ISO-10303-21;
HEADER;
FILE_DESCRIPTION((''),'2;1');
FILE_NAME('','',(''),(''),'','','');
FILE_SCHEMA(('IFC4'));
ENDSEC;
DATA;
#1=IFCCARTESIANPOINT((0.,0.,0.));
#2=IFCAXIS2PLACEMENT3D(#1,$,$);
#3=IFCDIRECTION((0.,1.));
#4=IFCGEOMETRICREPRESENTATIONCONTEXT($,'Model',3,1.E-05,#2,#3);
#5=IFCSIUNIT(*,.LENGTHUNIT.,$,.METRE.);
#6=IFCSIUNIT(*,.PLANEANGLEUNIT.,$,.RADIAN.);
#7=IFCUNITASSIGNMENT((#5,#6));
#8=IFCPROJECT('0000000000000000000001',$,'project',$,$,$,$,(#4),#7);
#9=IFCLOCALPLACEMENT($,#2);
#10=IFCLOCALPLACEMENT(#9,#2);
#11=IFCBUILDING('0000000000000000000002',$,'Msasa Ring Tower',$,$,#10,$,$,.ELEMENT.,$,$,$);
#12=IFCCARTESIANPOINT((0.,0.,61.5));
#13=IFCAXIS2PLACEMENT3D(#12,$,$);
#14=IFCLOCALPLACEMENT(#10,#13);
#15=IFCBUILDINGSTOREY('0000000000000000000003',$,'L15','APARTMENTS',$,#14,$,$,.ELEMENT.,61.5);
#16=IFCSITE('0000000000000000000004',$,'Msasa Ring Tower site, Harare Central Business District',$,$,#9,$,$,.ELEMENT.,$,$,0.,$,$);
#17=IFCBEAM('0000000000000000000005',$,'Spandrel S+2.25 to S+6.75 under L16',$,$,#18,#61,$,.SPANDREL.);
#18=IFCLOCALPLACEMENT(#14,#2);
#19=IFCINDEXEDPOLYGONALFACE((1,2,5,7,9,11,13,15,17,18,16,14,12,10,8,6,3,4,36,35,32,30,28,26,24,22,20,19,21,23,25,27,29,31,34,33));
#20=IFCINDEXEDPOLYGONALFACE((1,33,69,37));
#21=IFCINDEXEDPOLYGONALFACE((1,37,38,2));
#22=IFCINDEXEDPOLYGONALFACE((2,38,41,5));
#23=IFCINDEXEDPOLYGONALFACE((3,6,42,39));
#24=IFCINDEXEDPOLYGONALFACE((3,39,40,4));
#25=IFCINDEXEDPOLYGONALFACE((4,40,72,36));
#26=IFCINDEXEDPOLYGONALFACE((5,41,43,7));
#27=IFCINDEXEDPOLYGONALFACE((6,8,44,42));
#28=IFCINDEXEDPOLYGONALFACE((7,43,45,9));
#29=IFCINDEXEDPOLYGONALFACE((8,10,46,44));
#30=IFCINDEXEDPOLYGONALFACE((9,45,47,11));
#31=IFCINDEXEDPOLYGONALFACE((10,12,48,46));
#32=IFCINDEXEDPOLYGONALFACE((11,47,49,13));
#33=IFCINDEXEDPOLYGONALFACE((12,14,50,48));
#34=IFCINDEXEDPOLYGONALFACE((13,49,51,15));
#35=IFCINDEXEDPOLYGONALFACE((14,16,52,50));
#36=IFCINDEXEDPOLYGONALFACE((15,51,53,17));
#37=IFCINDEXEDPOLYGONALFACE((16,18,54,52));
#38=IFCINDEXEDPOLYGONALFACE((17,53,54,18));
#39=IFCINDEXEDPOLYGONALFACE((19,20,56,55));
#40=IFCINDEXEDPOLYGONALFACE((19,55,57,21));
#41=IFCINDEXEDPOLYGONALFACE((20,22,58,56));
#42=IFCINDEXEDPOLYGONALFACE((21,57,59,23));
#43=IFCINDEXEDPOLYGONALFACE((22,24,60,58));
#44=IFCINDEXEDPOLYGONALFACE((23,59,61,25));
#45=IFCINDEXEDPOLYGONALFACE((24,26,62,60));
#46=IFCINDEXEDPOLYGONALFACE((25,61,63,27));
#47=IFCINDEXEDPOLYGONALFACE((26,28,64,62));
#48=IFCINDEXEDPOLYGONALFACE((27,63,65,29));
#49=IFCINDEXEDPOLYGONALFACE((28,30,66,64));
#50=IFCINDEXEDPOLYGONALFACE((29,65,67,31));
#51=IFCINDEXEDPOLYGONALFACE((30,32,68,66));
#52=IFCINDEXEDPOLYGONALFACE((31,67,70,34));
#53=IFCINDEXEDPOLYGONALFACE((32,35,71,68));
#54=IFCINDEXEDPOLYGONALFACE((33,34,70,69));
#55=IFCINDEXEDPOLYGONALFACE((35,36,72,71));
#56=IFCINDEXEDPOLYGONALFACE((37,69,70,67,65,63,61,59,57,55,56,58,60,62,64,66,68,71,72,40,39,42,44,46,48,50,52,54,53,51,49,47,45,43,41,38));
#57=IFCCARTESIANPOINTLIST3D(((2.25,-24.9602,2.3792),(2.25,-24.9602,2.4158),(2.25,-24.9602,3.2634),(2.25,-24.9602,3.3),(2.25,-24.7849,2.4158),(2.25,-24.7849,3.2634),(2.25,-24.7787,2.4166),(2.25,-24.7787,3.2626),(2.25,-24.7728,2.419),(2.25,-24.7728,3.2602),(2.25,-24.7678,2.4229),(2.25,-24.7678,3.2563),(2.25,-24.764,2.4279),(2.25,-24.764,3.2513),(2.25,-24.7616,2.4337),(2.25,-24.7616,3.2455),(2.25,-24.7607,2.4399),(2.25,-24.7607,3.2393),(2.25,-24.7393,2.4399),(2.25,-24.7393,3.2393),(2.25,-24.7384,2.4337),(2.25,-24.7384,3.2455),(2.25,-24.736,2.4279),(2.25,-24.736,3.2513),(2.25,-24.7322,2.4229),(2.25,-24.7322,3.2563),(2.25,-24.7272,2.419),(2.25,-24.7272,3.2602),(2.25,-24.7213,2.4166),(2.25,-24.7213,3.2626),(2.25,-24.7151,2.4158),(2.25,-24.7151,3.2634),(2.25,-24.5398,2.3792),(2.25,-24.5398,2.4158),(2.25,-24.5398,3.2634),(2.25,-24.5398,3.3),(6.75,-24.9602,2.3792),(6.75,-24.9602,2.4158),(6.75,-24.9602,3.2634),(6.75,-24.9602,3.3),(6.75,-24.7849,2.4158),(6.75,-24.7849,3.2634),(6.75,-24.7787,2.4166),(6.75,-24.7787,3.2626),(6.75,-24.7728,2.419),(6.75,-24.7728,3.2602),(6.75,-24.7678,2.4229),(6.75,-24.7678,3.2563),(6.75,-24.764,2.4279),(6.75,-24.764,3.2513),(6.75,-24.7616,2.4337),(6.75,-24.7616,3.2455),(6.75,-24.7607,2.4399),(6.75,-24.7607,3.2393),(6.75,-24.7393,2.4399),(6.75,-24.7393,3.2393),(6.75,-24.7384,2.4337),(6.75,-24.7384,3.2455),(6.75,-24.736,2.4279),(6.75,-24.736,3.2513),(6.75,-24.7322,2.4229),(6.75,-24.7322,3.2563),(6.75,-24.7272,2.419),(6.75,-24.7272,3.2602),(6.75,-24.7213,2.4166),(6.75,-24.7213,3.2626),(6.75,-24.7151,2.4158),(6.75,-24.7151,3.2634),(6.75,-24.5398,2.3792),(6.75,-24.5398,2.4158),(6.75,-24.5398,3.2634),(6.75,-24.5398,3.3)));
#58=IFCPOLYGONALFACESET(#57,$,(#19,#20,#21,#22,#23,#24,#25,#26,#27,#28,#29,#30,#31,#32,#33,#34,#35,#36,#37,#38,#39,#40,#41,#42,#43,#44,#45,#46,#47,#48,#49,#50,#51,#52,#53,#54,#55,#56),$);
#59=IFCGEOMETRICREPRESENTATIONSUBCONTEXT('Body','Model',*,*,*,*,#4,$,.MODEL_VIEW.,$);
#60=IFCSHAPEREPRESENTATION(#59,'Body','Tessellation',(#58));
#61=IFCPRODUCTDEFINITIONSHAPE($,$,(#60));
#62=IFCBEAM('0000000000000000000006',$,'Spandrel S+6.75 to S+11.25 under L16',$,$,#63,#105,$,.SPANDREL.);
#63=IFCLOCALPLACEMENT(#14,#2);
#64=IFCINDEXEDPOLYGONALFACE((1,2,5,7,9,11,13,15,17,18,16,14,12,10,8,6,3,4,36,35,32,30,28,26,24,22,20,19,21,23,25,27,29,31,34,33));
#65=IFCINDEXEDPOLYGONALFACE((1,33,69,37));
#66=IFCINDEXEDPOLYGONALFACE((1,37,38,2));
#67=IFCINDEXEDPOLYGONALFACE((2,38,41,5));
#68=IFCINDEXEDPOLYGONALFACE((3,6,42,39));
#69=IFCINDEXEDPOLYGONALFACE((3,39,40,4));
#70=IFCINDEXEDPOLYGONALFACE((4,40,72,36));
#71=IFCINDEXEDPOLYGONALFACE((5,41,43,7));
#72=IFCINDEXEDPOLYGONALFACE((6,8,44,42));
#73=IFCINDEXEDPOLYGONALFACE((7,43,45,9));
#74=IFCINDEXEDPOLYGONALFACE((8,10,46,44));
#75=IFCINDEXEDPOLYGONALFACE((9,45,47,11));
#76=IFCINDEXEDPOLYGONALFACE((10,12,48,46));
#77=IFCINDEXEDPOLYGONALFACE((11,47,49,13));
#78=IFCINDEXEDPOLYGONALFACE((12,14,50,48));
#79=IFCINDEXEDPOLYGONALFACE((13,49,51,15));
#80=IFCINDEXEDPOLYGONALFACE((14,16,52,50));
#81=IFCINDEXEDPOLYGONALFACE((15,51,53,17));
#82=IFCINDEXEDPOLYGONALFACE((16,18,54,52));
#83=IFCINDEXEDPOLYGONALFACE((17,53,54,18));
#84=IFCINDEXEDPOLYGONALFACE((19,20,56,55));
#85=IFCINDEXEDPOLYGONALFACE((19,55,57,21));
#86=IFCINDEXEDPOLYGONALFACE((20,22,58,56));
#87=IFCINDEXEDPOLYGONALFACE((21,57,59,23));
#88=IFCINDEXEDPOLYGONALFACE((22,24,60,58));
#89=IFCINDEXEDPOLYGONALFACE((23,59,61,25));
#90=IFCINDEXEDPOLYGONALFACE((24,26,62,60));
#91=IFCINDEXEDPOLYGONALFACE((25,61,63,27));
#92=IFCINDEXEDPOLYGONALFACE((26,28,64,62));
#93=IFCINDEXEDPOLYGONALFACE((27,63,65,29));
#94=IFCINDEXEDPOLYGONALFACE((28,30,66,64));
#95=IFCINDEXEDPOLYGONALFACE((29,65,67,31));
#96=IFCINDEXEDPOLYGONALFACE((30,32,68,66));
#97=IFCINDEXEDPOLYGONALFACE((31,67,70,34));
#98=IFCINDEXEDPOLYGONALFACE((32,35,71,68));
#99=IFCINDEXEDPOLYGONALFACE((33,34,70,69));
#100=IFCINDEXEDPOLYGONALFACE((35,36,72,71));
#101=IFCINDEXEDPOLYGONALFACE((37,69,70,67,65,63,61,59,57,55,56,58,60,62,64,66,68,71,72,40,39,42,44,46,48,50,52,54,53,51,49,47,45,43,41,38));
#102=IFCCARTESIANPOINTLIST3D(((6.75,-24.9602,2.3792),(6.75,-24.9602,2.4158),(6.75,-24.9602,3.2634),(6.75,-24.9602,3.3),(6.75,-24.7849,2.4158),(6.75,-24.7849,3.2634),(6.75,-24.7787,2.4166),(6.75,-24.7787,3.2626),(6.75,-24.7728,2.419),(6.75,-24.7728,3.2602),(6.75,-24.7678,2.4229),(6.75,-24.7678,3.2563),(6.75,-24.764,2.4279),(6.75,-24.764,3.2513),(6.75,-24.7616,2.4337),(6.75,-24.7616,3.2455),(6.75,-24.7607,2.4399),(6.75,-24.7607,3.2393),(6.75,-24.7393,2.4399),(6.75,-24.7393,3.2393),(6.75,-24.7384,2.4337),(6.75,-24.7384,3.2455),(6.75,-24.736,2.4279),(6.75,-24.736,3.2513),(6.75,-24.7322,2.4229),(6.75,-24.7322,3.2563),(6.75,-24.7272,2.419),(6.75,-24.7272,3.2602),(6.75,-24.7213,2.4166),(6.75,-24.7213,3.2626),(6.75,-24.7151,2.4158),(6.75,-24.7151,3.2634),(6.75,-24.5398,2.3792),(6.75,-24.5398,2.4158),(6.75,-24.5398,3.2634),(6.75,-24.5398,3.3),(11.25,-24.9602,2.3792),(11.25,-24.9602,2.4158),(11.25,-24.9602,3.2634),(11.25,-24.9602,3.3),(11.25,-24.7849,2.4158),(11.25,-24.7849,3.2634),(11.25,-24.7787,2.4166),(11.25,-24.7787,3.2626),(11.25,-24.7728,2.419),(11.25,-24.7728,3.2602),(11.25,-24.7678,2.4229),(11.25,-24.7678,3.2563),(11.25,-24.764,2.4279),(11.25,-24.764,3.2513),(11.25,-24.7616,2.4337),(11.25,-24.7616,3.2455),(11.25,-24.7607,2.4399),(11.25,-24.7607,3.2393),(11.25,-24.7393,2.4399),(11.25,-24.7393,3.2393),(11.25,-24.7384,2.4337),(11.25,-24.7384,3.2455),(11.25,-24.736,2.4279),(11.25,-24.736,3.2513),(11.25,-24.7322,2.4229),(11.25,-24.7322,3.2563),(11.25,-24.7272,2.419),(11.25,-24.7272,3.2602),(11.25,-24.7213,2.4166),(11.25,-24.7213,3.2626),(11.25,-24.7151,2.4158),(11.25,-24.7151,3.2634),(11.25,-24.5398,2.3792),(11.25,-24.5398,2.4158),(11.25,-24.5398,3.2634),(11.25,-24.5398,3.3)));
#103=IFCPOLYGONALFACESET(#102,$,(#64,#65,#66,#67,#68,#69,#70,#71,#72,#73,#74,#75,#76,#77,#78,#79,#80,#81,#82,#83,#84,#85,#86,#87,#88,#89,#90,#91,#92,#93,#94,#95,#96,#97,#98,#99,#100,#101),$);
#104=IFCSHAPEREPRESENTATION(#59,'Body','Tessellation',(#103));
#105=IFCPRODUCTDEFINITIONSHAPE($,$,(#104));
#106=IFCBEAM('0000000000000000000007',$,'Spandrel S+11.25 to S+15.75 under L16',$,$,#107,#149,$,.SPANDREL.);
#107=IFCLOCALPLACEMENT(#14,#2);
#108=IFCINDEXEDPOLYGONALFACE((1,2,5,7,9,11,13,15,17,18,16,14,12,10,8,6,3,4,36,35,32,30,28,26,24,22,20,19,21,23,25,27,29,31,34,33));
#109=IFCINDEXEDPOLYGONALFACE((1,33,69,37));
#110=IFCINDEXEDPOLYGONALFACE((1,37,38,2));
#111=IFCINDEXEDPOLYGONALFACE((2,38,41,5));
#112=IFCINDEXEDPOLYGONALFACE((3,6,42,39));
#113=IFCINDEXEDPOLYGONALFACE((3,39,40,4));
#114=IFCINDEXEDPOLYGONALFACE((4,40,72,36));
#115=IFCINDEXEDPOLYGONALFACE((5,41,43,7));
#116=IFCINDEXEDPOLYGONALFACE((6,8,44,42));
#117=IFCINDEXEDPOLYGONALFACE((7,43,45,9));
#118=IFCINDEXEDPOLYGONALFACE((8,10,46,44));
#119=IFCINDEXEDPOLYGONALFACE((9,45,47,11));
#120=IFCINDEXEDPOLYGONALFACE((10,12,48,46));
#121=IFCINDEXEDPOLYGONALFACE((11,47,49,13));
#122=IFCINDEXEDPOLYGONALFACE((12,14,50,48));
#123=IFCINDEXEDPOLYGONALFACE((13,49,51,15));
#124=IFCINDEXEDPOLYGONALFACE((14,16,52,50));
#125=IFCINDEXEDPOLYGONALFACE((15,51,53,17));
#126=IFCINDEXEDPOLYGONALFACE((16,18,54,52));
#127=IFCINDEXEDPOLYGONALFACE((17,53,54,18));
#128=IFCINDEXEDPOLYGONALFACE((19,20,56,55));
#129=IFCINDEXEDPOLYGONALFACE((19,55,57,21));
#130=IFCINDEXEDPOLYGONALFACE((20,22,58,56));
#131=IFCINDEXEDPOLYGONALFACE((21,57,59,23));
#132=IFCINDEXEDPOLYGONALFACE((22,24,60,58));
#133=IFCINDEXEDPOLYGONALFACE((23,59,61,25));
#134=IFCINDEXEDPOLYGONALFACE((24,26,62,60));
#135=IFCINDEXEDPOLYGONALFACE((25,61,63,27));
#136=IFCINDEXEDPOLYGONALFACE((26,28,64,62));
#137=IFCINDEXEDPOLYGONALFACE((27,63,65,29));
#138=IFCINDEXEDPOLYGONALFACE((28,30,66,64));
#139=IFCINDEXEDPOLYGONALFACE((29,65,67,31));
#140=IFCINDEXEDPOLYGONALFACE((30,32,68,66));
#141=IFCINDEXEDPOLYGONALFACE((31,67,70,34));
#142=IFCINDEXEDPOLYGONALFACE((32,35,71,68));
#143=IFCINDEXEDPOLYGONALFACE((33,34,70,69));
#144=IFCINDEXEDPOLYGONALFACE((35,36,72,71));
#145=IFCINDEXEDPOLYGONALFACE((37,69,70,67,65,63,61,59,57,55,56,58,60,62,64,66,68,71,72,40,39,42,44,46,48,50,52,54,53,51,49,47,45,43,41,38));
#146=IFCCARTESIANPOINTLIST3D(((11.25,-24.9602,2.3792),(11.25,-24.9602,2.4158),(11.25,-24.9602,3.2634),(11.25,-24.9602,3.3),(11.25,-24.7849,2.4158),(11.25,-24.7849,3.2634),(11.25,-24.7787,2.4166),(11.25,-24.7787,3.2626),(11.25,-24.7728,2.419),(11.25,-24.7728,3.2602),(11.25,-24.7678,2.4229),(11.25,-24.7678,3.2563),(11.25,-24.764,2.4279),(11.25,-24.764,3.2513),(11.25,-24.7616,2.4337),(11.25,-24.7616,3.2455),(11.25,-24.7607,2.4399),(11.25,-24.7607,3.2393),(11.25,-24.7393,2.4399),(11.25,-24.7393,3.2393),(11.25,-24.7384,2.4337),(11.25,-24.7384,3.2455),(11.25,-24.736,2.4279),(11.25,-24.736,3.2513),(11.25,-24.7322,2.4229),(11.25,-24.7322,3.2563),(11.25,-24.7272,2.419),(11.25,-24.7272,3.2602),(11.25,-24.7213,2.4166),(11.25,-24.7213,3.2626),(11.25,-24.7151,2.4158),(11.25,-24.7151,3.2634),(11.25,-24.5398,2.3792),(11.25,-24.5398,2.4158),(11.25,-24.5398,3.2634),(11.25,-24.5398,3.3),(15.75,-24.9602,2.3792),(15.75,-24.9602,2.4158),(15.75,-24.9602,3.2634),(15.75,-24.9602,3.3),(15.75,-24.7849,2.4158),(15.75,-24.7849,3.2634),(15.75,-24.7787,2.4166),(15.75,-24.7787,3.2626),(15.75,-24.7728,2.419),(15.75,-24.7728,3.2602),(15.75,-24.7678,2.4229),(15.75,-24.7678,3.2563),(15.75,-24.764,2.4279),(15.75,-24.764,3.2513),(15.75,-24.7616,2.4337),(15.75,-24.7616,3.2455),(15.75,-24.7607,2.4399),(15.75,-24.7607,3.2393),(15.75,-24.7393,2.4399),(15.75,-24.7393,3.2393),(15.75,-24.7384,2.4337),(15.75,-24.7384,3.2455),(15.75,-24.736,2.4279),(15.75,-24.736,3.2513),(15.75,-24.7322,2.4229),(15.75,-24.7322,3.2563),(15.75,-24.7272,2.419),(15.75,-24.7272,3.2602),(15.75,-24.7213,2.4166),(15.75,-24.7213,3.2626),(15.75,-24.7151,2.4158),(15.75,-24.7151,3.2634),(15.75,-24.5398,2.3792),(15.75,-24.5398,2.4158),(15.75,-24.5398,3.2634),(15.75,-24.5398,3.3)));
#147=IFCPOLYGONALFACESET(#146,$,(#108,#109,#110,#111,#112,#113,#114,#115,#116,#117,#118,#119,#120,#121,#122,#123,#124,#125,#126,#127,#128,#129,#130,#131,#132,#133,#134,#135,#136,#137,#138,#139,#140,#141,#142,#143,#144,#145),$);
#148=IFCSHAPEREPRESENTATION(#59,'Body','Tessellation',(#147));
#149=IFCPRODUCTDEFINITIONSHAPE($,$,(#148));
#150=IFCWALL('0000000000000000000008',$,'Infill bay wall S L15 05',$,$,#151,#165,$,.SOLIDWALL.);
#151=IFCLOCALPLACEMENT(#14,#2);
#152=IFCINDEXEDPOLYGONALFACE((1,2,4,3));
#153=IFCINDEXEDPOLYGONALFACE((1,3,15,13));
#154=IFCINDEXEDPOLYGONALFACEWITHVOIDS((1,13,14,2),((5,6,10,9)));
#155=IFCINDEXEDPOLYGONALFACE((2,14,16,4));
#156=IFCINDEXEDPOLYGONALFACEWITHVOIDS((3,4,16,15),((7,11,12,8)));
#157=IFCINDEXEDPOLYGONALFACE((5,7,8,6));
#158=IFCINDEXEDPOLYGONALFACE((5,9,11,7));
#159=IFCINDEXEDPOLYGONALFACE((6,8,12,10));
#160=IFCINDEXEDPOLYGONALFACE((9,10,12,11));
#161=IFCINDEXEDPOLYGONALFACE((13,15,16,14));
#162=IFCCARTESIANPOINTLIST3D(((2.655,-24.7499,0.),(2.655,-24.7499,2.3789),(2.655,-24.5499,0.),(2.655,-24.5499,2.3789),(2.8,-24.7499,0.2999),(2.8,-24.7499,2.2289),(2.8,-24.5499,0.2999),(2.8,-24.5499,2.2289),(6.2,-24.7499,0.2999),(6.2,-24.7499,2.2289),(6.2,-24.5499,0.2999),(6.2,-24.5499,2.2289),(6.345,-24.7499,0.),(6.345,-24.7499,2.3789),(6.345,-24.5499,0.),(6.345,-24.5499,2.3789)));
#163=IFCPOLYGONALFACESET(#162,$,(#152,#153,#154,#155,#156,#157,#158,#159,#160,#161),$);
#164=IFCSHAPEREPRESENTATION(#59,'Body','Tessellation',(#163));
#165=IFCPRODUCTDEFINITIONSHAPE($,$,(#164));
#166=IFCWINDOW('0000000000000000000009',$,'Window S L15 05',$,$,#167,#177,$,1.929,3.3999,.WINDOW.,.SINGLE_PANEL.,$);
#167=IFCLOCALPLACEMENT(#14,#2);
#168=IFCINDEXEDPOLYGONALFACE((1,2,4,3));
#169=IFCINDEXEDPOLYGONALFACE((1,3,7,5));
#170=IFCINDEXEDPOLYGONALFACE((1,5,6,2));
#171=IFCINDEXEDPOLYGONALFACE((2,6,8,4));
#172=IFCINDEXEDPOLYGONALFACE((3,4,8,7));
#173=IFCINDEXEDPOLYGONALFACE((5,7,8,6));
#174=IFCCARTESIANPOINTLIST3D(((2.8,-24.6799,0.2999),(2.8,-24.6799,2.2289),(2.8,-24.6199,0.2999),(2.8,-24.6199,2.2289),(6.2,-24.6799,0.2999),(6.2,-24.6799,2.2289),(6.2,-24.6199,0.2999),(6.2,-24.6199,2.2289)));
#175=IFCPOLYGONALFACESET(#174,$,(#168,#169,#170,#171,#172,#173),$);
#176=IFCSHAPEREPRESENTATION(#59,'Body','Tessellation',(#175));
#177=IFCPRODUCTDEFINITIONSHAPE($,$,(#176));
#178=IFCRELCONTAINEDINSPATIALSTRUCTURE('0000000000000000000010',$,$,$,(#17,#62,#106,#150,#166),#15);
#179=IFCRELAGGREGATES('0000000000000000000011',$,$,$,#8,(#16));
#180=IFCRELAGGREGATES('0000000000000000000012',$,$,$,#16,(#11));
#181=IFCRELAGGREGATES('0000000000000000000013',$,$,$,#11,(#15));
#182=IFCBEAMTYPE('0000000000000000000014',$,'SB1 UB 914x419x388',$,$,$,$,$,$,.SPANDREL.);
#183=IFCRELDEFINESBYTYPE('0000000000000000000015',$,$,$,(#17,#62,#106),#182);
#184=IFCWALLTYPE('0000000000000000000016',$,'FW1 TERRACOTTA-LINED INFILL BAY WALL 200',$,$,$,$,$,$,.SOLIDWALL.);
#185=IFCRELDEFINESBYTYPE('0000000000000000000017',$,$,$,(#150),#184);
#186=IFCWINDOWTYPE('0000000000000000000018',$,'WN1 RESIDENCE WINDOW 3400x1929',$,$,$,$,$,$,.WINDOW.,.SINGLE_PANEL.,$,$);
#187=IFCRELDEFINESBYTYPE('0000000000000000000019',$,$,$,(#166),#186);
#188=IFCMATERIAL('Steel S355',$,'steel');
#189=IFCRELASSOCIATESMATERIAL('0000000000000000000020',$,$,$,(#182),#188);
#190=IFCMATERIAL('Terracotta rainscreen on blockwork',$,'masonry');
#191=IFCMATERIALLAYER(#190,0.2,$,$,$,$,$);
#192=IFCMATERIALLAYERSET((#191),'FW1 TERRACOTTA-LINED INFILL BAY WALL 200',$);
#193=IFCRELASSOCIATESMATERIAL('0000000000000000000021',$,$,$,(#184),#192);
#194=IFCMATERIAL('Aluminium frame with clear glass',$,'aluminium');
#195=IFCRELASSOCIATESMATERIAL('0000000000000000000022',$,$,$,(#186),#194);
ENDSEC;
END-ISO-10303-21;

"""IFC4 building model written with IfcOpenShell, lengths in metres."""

from ifc_helpers import new_model, si_unit, direction, frame, frame_2d, origin, origin_2d, place, context, subcontext, project, spatial, rectangle, i_section, extrude, material, layer, layer_set, material_profile, profile_set, type_object, element, fill, save


model = new_model("IFC4")

# Units and contexts
model_context = context("Model", 3, precision=1e-05, world=origin(), true_north=direction((0.0, 1.0)))
body_context = subcontext(model_context, "Body", "Model", "MODEL_VIEW")
ifc_project = project(units=[si_unit("LENGTHUNIT", "METRE"), si_unit("PLANEANGLEUNIT", "RADIAN")], contexts=[model_context])

# Site, building, storey
site_placement = place(None, origin())
site = spatial("IfcSite", under=ifc_project, at=site_placement, Name="Msasa Ring Tower site, Harare Central Business District", CompositionType="ELEMENT", RefElevation=0.0)
building_placement = place(site_placement, origin())
building = spatial("IfcBuilding", under=site, at=building_placement, Name="Msasa Ring Tower", CompositionType="ELEMENT")
storey_placement = place(building_placement, frame((0.0, 0.0, 61.5)))
storey = spatial("IfcBuildingStorey", under=building, at=storey_placement, Name="L15", Description="APARTMENTS", CompositionType="ELEMENT", Elevation=61.5)

# Beams
ifc_material_1 = material(Name="Steel S355", Category="steel")
ifc_material_profile_1 = material_profile(ifc_material_1, i_section(OverallWidth=0.4204, OverallDepth=0.9209, WebThickness=0.0215, FlangeThickness=0.0366, FilletRadius=0.0242, at=origin_2d()), Name="UB 914x419x388")
ifc_profile_set_1 = profile_set([ifc_material_profile_1], Name="Steel S355")
beam_type_1 = type_object("IfcBeamType", Name="SB1 UB 914x419x388", PredefinedType="SPANDREL", material=ifc_profile_set_1)
for number, where, z_axis, x_axis, name in (
    (1, (2.25, -24.75, 2.8396), (1.0, 0.0, 0.0), (0.0, 1.0, 0.0), "Spandrel S+2.25 to S+6.75 under L16"),
    (2, (6.75, -24.75, 2.8396), (1.0, 0.0, 0.0), (0.0, 1.0, 0.0), "Spandrel S+6.75 to S+11.25 under L16"),
    (3, (11.25, -24.75, 2.8396), (1.0, 0.0, 0.0), (0.0, 1.0, 0.0), "Spandrel S+11.25 to S+15.75 under L16"),
):
    element("IfcBeam", number, at=place(storey_placement, frame(where, z_axis=z_axis, x_axis=x_axis)), inside=storey, type_object=beam_type_1, Name=name, PredefinedType="SPANDREL", context=body_context, shape_type="SweptSolid", body=[
        extrude(i_section(OverallWidth=0.4204, OverallDepth=0.9209, WebThickness=0.0215, FlangeThickness=0.0366, FilletRadius=0.0242, at=origin_2d()), origin(), (0.0, 0.0, 1.0), 4.5),
    ])

# Wall, opening, window
ifc_material_2 = material(Name="Terracotta rainscreen on blockwork", Category="masonry")
ifc_layer_1 = layer(ifc_material_2, 0.2)
ifc_layer_set_1 = layer_set([ifc_layer_1], Name="FW1 TERRACOTTA-LINED INFILL BAY WALL 200")
wall_type_1 = type_object("IfcWallType", Name="FW1 TERRACOTTA-LINED INFILL BAY WALL 200", PredefinedType="SOLIDWALL", material=ifc_layer_set_1)
wall_1_placement = place(storey_placement, frame((2.655, -24.6499, 0.0), z_axis=(0.0, 0.0, 1.0), x_axis=(1.0, 0.0, 0.0)))
wall_1 = element("IfcWall", 4, at=wall_1_placement, inside=storey, type_object=wall_type_1, Name="Infill bay wall S L15 05", PredefinedType="SOLIDWALL", context=body_context, shape_type="SweptSolid", body=[
    extrude(rectangle(XDim=3.6899, YDim=0.2, at=frame_2d((1.845, 0.0))), origin(), (0.0, 0.0, 1.0), 2.3789),
])
opening_1_placement = place(wall_1_placement, frame((0.145, 0.0, 0.3)))
opening_1 = element("IfcOpeningElement", 5, at=opening_1_placement, cuts=wall_1, PredefinedType="OPENING", context=body_context, shape_type="SweptSolid", body=[
    extrude(rectangle(XDim=3.3999, YDim=1.929, at=frame_2d((1.7, 0.9644))), frame((0.0, 0.1099, 0.0), z_axis=(0.0, -1.0, 0.0), x_axis=(1.0, 0.0, 0.0)), (0.0, 0.0, 1.0), 0.22),
])
ifc_material_3 = material(Name="Aluminium frame with clear glass", Category="aluminium")
window_type = type_object("IfcWindowType", Name="WN1 RESIDENCE WINDOW 3400x1929", PartitioningType="SINGLE_PANEL", PredefinedType="WINDOW", material=ifc_material_3)
window_1_placement = place(opening_1_placement, origin())
window_1 = element("IfcWindow", 6, at=window_1_placement, inside=storey, type_object=window_type, Name="Window S L15 05", OverallHeight=1.929, OverallWidth=3.3999, PartitioningType="SINGLE_PANEL", PredefinedType="WINDOW", context=body_context, shape_type="SweptSolid", body=[
    extrude(rectangle(XDim=3.3999, YDim=1.929, at=frame_2d((1.7, 0.9644))), frame((0.0, 0.03, 0.0), z_axis=(0.0, -1.0, 0.0), x_axis=(1.0, 0.0, 0.0)), (0.0, 0.0, 1.0), 0.0601),
])
fill(opening_1, window_1)

save(model, "model.ifc")
